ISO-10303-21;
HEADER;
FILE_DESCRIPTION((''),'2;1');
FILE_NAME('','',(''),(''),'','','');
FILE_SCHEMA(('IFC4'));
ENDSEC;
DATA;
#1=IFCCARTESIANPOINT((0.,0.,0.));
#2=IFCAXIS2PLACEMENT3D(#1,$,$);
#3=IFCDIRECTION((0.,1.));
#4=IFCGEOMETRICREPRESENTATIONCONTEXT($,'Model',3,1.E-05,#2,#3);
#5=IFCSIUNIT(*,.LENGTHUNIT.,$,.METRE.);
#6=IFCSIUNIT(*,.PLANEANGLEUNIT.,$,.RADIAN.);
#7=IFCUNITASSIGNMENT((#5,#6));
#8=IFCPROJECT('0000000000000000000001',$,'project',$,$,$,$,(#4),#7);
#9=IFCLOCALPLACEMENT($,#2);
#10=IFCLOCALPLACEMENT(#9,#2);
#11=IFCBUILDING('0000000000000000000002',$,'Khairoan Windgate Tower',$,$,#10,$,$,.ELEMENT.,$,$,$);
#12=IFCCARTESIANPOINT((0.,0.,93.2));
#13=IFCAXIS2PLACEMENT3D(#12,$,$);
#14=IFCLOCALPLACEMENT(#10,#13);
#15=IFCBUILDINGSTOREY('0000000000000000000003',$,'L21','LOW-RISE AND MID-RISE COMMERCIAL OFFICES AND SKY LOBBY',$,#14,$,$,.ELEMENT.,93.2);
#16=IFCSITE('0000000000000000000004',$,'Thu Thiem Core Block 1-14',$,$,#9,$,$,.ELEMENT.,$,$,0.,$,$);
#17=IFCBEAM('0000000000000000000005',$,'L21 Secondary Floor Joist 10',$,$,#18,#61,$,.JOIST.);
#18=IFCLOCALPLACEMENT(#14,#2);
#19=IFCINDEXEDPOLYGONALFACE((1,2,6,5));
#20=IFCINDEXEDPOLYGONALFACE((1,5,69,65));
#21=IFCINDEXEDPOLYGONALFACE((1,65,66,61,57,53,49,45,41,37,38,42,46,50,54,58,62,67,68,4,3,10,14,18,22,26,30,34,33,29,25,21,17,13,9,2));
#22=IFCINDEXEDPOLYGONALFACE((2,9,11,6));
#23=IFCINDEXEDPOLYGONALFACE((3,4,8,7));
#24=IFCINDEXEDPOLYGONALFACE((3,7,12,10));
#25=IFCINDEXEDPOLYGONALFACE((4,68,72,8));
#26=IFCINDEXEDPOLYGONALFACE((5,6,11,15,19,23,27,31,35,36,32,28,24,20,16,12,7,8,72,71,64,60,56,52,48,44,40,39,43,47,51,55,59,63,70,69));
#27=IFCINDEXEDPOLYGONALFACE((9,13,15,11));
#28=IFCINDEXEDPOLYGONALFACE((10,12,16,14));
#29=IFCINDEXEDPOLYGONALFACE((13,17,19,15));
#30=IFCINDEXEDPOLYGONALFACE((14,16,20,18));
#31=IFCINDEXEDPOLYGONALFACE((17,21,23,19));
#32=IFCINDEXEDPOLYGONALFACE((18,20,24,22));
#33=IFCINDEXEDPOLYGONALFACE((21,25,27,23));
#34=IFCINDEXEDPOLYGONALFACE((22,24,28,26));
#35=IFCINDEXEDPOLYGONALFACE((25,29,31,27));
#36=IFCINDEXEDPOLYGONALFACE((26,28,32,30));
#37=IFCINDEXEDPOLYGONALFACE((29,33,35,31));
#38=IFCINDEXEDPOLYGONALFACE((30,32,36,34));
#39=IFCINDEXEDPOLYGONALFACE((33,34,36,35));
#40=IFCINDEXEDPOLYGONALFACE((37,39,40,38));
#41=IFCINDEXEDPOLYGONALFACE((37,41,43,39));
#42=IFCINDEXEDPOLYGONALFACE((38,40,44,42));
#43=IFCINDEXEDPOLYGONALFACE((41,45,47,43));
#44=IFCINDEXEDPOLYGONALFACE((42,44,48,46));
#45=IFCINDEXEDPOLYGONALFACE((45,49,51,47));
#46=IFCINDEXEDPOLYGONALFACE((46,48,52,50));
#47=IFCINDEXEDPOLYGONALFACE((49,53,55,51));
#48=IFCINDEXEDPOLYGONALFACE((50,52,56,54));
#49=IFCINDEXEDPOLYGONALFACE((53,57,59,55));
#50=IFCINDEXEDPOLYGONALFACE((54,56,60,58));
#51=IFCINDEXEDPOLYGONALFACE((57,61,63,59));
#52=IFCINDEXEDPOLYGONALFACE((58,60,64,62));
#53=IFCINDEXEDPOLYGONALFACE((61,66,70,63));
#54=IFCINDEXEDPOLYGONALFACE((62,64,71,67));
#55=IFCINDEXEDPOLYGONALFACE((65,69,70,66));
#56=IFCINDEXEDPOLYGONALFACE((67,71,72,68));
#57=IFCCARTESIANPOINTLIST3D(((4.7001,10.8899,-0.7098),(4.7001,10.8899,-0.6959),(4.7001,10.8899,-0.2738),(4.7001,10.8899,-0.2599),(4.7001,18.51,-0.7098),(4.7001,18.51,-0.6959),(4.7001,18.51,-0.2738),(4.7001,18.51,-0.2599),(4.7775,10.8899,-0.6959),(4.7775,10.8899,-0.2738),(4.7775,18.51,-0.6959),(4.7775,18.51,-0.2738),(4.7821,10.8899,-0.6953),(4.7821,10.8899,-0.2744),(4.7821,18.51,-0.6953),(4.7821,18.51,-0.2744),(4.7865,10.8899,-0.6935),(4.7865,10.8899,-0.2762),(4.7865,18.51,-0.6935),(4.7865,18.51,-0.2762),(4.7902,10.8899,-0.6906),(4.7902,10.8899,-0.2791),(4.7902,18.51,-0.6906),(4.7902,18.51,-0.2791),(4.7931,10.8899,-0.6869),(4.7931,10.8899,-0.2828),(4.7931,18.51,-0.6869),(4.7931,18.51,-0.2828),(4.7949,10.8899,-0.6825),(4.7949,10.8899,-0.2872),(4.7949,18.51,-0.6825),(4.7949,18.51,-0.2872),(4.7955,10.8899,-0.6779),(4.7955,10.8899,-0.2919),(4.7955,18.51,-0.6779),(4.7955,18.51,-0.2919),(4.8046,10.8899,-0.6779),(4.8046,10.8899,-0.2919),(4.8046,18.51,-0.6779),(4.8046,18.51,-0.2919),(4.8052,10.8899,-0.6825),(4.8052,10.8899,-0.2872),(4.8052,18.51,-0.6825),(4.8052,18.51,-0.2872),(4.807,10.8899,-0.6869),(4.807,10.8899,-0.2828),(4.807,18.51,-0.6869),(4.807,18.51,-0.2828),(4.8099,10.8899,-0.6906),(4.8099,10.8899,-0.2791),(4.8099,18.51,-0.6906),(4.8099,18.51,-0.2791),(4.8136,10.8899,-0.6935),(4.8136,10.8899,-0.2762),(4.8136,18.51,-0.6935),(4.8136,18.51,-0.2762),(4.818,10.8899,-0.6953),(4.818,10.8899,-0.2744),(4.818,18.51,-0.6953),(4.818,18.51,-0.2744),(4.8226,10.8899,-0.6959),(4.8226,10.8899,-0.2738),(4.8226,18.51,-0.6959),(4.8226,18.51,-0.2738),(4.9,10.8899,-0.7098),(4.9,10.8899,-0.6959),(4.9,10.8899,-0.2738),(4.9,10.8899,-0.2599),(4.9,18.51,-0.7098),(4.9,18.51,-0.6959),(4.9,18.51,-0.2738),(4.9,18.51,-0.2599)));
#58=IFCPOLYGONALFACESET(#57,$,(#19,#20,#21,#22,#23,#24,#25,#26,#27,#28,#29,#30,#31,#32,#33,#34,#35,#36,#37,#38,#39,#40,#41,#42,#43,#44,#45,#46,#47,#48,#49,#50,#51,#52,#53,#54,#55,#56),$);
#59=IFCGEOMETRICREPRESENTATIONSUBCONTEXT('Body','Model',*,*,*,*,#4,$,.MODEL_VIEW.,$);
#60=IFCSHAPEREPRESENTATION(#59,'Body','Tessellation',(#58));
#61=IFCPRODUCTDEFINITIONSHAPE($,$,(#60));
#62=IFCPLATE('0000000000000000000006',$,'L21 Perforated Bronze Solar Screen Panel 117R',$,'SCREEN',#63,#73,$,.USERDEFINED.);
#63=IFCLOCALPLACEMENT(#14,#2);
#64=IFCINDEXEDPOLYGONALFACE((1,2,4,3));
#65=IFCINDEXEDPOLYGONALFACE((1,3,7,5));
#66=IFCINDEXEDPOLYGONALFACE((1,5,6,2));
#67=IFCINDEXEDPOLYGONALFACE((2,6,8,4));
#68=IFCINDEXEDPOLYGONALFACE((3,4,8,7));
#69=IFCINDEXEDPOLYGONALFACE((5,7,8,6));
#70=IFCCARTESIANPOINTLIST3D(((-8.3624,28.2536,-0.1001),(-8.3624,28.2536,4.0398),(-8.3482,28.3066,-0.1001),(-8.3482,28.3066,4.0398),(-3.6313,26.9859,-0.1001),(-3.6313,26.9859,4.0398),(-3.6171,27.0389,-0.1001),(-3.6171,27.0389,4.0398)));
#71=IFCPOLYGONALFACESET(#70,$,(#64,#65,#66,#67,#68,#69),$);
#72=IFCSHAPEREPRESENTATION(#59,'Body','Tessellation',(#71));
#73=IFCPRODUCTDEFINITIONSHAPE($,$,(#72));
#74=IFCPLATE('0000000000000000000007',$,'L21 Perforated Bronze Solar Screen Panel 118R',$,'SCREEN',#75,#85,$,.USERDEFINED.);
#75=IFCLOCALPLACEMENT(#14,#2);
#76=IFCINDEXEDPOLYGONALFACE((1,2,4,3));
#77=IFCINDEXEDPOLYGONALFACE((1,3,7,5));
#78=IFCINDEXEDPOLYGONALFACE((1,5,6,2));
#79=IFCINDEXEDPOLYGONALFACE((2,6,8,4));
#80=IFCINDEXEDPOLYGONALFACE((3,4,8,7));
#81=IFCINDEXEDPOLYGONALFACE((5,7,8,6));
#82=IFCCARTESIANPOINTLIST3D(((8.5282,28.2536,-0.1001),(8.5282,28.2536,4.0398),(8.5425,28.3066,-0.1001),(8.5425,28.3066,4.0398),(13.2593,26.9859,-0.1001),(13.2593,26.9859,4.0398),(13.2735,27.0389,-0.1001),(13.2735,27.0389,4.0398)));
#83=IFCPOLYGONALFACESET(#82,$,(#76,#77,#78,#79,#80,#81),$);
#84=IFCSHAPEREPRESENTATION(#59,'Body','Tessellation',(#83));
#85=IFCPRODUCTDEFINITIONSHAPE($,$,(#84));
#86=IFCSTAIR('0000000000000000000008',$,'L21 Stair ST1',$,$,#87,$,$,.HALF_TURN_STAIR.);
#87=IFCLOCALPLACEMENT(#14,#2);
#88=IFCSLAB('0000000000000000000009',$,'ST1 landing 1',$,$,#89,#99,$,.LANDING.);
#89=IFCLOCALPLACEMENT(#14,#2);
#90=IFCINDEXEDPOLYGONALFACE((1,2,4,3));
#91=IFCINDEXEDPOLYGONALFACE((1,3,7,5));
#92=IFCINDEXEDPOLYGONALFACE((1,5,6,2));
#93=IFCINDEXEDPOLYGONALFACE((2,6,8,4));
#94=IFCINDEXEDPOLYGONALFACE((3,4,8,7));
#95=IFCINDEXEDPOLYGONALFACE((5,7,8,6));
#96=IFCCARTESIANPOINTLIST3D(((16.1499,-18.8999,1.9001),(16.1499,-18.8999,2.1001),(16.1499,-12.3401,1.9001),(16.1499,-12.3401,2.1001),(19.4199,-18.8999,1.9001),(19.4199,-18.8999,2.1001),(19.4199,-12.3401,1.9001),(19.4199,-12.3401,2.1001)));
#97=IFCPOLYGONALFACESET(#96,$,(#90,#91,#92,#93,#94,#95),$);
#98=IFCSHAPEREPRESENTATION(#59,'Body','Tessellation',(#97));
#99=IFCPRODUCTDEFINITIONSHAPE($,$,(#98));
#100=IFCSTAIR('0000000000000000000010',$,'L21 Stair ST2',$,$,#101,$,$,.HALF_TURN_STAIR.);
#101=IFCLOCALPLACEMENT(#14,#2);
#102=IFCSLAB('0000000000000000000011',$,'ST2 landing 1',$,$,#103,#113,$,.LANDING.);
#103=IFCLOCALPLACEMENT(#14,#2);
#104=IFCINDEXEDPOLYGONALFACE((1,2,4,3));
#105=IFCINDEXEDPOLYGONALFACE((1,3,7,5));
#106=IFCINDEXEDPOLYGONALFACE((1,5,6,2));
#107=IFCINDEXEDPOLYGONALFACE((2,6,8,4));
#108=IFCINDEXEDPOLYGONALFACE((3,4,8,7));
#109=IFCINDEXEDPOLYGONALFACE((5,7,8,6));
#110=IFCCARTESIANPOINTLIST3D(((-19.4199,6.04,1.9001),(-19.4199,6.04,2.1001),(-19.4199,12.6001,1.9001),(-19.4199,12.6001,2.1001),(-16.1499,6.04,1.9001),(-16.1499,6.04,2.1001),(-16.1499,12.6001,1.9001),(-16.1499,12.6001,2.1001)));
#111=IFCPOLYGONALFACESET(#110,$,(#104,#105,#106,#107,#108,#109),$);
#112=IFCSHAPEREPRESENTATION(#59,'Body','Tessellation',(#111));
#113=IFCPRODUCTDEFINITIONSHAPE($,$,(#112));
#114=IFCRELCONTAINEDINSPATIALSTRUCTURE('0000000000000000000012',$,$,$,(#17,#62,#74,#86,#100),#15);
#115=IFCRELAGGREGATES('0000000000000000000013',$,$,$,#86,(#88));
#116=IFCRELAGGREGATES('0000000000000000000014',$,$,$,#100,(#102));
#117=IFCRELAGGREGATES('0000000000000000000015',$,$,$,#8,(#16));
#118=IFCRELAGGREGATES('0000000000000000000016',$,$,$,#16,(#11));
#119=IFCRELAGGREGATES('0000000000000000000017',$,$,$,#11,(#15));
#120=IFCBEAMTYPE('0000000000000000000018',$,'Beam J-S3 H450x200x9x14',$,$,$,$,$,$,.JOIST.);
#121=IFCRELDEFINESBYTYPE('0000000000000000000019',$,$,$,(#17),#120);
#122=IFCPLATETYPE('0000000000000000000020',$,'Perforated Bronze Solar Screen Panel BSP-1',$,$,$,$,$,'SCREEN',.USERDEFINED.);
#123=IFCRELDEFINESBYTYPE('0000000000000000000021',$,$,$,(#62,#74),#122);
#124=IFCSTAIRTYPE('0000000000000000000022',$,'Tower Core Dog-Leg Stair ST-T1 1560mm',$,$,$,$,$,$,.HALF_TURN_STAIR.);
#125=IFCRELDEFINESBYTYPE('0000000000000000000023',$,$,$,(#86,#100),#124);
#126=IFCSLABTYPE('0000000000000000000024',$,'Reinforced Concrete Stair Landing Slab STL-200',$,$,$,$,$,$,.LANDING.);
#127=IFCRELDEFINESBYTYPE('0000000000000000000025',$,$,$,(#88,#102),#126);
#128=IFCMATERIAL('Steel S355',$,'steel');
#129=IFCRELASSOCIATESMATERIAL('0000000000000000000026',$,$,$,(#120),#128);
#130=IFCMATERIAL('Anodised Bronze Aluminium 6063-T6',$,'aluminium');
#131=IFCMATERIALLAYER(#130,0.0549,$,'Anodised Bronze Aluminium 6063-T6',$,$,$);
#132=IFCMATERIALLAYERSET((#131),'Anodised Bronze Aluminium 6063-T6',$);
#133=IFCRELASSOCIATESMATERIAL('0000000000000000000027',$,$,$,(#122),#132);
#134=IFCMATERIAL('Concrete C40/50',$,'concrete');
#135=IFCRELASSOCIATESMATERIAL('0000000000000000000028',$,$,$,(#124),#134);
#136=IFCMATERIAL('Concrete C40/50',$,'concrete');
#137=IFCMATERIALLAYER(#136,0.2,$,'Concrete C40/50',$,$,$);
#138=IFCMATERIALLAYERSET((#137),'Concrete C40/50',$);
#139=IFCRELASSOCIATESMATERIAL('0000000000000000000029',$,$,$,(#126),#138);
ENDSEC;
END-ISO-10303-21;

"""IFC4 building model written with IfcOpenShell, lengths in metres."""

from ifc_helpers import new_model, si_unit, direction, frame, origin, origin_2d, place, context, subcontext, project, spatial, polyline, rectangle, i_section, outline, extrude, material, layer, layer_set, material_profile, profile_set, type_object, element, aggregate, save


model = new_model("IFC4")

# Units and contexts
model_context = context("Model", 3, precision=1e-05, world=origin(), true_north=direction((0.0, 1.0)))
body_context = subcontext(model_context, "Body", "Model", "MODEL_VIEW")
ifc_project = project(units=[si_unit("LENGTHUNIT", "METRE"), si_unit("PLANEANGLEUNIT", "RADIAN")], contexts=[model_context])

# Site, building, storey
site_placement = place(None, origin())
site = spatial("IfcSite", under=ifc_project, at=site_placement, Name="Thu Thiem Core Block 1-14", CompositionType="ELEMENT", RefElevation=0.0)
building_placement = place(site_placement, origin())
building = spatial("IfcBuilding", under=site, at=building_placement, Name="Khairoan Windgate Tower", CompositionType="ELEMENT")
storey_placement = place(building_placement, frame((0.0, 0.0, 93.2)))
storey = spatial("IfcBuildingStorey", under=building, at=storey_placement, Name="L21", Description="LOW-RISE AND MID-RISE COMMERCIAL OFFICES AND SKY LOBBY", CompositionType="ELEMENT", Elevation=93.2)

# Beam
ifc_material_1 = material(Name="Steel S355", Category="steel")
ifc_material_profile_1 = material_profile(ifc_material_1, i_section(OverallWidth=0.2, OverallDepth=0.45, WebThickness=0.009, FlangeThickness=0.0139, FilletRadius=0.0181, at=origin_2d()))
ifc_profile_set_1 = profile_set([ifc_material_profile_1], Name="Steel S355")
beam_type_1 = type_object("IfcBeamType", Name="Beam J-S3 H450x200x9x14", PredefinedType="JOIST", material=ifc_profile_set_1)
beam_1_placement = place(storey_placement, frame((4.8, 10.8899, -0.4849), z_axis=(0.0, 1.0, 0.0), x_axis=(-1.0, 0.0, 0.0)))
element("IfcBeam", 1, at=beam_1_placement, inside=storey, type_object=beam_type_1, Name="L21 Secondary Floor Joist 10", PredefinedType="JOIST", context=body_context, shape_type="SweptSolid", body=[
    extrude(i_section(OverallWidth=0.2, OverallDepth=0.45, WebThickness=0.009, FlangeThickness=0.0139, FilletRadius=0.0181, at=origin_2d()), origin(), (0.0, 0.0, 1.0), 7.6201),
])

# Plates
ifc_material_2 = material(Name="Anodised Bronze Aluminium 6063-T6", Category="aluminium")
ifc_layer_1 = layer(ifc_material_2, 0.0549, Name="Anodised Bronze Aluminium 6063-T6")
ifc_layer_set_1 = layer_set([ifc_layer_1], Name="Anodised Bronze Aluminium 6063-T6")
plate_type = type_object("IfcPlateType", Name="Perforated Bronze Solar Screen Panel BSP-1", ElementType="SCREEN", PredefinedType="USERDEFINED", material=ifc_layer_set_1)
for number, where, z_axis, x_axis, name in (
    (2, (-5.9897, 27.6462, -0.1001), (0.0, 0.0, 1.0), (0.965926, -0.258819, 0.0), "L21 Perforated Bronze Solar Screen Panel 117R"),
    (3, (10.9009, 27.6462, -0.1001), (0.0, 0.0, 1.0), (0.965926, -0.258819, 0.0), "L21 Perforated Bronze Solar Screen Panel 118R"),
):
    element("IfcPlate", number, at=place(storey_placement, frame(where, z_axis=z_axis, x_axis=x_axis)), inside=storey, type_object=plate_type, Name=name, ObjectType="SCREEN", PredefinedType="USERDEFINED", context=body_context, shape_type="SweptSolid", body=[
        extrude(rectangle(XDim=4.8979, YDim=0.0549, at=origin_2d()), origin(), (0.0, 0.0, 1.0), 4.1399),
    ])

# Stairs, slabs
ifc_material_3 = material(Name="Concrete C40/50", Category="concrete")
stair_type = type_object("IfcStairType", Name="Tower Core Dog-Leg Stair ST-T1 1560mm", PredefinedType="HALF_TURN_STAIR", material=ifc_material_3)
stair_1_placement = place(storey_placement, origin())
stair_1 = element("IfcStair", 4, at=stair_1_placement, inside=storey, type_object=stair_type, Name="L21 Stair ST1", PredefinedType="HALF_TURN_STAIR")
ifc_material_4 = material(Name="Concrete C40/50", Category="concrete")
ifc_layer_2 = layer(ifc_material_4, 0.2, Name="Concrete C40/50")
ifc_layer_set_2 = layer_set([ifc_layer_2], Name="Concrete C40/50")
slab_type_1 = type_object("IfcSlabType", Name="Reinforced Concrete Stair Landing Slab STL-200", PredefinedType="LANDING", material=ifc_layer_set_2)
slab_1_placement = place(storey_placement, frame((0.0, 0.0, 1.9001)))
slab_1 = element("IfcSlab", 5, at=slab_1_placement, type_object=slab_type_1, Name="ST1 landing 1", PredefinedType="LANDING", context=body_context, shape_type="SweptSolid", body=[
    extrude(outline(polyline([(16.1499, -12.3401), (16.1499, -18.8999), (19.4199, -18.8999), (19.4199, -12.3401), (16.1499, -12.3401)])), origin(), (0.0, 0.0, 1.0), 0.2),
])
aggregate(stair_1, [slab_1])
stair_2_placement = place(storey_placement, origin())
stair_2 = element("IfcStair", 6, at=stair_2_placement, inside=storey, type_object=stair_type, Name="L21 Stair ST2", PredefinedType="HALF_TURN_STAIR")
slab_2_placement = place(storey_placement, frame((0.0, 0.0, 1.9001)))
slab_2 = element("IfcSlab", 7, at=slab_2_placement, type_object=slab_type_1, Name="ST2 landing 1", PredefinedType="LANDING", context=body_context, shape_type="SweptSolid", body=[
    extrude(outline(polyline([(-16.1499, 6.04), (-16.1499, 12.6001), (-19.4199, 12.6001), (-19.4199, 6.04), (-16.1499, 6.04)])), origin(), (0.0, 0.0, 1.0), 0.2),
])
aggregate(stair_2, [slab_2])

save(model, "model.ifc")
